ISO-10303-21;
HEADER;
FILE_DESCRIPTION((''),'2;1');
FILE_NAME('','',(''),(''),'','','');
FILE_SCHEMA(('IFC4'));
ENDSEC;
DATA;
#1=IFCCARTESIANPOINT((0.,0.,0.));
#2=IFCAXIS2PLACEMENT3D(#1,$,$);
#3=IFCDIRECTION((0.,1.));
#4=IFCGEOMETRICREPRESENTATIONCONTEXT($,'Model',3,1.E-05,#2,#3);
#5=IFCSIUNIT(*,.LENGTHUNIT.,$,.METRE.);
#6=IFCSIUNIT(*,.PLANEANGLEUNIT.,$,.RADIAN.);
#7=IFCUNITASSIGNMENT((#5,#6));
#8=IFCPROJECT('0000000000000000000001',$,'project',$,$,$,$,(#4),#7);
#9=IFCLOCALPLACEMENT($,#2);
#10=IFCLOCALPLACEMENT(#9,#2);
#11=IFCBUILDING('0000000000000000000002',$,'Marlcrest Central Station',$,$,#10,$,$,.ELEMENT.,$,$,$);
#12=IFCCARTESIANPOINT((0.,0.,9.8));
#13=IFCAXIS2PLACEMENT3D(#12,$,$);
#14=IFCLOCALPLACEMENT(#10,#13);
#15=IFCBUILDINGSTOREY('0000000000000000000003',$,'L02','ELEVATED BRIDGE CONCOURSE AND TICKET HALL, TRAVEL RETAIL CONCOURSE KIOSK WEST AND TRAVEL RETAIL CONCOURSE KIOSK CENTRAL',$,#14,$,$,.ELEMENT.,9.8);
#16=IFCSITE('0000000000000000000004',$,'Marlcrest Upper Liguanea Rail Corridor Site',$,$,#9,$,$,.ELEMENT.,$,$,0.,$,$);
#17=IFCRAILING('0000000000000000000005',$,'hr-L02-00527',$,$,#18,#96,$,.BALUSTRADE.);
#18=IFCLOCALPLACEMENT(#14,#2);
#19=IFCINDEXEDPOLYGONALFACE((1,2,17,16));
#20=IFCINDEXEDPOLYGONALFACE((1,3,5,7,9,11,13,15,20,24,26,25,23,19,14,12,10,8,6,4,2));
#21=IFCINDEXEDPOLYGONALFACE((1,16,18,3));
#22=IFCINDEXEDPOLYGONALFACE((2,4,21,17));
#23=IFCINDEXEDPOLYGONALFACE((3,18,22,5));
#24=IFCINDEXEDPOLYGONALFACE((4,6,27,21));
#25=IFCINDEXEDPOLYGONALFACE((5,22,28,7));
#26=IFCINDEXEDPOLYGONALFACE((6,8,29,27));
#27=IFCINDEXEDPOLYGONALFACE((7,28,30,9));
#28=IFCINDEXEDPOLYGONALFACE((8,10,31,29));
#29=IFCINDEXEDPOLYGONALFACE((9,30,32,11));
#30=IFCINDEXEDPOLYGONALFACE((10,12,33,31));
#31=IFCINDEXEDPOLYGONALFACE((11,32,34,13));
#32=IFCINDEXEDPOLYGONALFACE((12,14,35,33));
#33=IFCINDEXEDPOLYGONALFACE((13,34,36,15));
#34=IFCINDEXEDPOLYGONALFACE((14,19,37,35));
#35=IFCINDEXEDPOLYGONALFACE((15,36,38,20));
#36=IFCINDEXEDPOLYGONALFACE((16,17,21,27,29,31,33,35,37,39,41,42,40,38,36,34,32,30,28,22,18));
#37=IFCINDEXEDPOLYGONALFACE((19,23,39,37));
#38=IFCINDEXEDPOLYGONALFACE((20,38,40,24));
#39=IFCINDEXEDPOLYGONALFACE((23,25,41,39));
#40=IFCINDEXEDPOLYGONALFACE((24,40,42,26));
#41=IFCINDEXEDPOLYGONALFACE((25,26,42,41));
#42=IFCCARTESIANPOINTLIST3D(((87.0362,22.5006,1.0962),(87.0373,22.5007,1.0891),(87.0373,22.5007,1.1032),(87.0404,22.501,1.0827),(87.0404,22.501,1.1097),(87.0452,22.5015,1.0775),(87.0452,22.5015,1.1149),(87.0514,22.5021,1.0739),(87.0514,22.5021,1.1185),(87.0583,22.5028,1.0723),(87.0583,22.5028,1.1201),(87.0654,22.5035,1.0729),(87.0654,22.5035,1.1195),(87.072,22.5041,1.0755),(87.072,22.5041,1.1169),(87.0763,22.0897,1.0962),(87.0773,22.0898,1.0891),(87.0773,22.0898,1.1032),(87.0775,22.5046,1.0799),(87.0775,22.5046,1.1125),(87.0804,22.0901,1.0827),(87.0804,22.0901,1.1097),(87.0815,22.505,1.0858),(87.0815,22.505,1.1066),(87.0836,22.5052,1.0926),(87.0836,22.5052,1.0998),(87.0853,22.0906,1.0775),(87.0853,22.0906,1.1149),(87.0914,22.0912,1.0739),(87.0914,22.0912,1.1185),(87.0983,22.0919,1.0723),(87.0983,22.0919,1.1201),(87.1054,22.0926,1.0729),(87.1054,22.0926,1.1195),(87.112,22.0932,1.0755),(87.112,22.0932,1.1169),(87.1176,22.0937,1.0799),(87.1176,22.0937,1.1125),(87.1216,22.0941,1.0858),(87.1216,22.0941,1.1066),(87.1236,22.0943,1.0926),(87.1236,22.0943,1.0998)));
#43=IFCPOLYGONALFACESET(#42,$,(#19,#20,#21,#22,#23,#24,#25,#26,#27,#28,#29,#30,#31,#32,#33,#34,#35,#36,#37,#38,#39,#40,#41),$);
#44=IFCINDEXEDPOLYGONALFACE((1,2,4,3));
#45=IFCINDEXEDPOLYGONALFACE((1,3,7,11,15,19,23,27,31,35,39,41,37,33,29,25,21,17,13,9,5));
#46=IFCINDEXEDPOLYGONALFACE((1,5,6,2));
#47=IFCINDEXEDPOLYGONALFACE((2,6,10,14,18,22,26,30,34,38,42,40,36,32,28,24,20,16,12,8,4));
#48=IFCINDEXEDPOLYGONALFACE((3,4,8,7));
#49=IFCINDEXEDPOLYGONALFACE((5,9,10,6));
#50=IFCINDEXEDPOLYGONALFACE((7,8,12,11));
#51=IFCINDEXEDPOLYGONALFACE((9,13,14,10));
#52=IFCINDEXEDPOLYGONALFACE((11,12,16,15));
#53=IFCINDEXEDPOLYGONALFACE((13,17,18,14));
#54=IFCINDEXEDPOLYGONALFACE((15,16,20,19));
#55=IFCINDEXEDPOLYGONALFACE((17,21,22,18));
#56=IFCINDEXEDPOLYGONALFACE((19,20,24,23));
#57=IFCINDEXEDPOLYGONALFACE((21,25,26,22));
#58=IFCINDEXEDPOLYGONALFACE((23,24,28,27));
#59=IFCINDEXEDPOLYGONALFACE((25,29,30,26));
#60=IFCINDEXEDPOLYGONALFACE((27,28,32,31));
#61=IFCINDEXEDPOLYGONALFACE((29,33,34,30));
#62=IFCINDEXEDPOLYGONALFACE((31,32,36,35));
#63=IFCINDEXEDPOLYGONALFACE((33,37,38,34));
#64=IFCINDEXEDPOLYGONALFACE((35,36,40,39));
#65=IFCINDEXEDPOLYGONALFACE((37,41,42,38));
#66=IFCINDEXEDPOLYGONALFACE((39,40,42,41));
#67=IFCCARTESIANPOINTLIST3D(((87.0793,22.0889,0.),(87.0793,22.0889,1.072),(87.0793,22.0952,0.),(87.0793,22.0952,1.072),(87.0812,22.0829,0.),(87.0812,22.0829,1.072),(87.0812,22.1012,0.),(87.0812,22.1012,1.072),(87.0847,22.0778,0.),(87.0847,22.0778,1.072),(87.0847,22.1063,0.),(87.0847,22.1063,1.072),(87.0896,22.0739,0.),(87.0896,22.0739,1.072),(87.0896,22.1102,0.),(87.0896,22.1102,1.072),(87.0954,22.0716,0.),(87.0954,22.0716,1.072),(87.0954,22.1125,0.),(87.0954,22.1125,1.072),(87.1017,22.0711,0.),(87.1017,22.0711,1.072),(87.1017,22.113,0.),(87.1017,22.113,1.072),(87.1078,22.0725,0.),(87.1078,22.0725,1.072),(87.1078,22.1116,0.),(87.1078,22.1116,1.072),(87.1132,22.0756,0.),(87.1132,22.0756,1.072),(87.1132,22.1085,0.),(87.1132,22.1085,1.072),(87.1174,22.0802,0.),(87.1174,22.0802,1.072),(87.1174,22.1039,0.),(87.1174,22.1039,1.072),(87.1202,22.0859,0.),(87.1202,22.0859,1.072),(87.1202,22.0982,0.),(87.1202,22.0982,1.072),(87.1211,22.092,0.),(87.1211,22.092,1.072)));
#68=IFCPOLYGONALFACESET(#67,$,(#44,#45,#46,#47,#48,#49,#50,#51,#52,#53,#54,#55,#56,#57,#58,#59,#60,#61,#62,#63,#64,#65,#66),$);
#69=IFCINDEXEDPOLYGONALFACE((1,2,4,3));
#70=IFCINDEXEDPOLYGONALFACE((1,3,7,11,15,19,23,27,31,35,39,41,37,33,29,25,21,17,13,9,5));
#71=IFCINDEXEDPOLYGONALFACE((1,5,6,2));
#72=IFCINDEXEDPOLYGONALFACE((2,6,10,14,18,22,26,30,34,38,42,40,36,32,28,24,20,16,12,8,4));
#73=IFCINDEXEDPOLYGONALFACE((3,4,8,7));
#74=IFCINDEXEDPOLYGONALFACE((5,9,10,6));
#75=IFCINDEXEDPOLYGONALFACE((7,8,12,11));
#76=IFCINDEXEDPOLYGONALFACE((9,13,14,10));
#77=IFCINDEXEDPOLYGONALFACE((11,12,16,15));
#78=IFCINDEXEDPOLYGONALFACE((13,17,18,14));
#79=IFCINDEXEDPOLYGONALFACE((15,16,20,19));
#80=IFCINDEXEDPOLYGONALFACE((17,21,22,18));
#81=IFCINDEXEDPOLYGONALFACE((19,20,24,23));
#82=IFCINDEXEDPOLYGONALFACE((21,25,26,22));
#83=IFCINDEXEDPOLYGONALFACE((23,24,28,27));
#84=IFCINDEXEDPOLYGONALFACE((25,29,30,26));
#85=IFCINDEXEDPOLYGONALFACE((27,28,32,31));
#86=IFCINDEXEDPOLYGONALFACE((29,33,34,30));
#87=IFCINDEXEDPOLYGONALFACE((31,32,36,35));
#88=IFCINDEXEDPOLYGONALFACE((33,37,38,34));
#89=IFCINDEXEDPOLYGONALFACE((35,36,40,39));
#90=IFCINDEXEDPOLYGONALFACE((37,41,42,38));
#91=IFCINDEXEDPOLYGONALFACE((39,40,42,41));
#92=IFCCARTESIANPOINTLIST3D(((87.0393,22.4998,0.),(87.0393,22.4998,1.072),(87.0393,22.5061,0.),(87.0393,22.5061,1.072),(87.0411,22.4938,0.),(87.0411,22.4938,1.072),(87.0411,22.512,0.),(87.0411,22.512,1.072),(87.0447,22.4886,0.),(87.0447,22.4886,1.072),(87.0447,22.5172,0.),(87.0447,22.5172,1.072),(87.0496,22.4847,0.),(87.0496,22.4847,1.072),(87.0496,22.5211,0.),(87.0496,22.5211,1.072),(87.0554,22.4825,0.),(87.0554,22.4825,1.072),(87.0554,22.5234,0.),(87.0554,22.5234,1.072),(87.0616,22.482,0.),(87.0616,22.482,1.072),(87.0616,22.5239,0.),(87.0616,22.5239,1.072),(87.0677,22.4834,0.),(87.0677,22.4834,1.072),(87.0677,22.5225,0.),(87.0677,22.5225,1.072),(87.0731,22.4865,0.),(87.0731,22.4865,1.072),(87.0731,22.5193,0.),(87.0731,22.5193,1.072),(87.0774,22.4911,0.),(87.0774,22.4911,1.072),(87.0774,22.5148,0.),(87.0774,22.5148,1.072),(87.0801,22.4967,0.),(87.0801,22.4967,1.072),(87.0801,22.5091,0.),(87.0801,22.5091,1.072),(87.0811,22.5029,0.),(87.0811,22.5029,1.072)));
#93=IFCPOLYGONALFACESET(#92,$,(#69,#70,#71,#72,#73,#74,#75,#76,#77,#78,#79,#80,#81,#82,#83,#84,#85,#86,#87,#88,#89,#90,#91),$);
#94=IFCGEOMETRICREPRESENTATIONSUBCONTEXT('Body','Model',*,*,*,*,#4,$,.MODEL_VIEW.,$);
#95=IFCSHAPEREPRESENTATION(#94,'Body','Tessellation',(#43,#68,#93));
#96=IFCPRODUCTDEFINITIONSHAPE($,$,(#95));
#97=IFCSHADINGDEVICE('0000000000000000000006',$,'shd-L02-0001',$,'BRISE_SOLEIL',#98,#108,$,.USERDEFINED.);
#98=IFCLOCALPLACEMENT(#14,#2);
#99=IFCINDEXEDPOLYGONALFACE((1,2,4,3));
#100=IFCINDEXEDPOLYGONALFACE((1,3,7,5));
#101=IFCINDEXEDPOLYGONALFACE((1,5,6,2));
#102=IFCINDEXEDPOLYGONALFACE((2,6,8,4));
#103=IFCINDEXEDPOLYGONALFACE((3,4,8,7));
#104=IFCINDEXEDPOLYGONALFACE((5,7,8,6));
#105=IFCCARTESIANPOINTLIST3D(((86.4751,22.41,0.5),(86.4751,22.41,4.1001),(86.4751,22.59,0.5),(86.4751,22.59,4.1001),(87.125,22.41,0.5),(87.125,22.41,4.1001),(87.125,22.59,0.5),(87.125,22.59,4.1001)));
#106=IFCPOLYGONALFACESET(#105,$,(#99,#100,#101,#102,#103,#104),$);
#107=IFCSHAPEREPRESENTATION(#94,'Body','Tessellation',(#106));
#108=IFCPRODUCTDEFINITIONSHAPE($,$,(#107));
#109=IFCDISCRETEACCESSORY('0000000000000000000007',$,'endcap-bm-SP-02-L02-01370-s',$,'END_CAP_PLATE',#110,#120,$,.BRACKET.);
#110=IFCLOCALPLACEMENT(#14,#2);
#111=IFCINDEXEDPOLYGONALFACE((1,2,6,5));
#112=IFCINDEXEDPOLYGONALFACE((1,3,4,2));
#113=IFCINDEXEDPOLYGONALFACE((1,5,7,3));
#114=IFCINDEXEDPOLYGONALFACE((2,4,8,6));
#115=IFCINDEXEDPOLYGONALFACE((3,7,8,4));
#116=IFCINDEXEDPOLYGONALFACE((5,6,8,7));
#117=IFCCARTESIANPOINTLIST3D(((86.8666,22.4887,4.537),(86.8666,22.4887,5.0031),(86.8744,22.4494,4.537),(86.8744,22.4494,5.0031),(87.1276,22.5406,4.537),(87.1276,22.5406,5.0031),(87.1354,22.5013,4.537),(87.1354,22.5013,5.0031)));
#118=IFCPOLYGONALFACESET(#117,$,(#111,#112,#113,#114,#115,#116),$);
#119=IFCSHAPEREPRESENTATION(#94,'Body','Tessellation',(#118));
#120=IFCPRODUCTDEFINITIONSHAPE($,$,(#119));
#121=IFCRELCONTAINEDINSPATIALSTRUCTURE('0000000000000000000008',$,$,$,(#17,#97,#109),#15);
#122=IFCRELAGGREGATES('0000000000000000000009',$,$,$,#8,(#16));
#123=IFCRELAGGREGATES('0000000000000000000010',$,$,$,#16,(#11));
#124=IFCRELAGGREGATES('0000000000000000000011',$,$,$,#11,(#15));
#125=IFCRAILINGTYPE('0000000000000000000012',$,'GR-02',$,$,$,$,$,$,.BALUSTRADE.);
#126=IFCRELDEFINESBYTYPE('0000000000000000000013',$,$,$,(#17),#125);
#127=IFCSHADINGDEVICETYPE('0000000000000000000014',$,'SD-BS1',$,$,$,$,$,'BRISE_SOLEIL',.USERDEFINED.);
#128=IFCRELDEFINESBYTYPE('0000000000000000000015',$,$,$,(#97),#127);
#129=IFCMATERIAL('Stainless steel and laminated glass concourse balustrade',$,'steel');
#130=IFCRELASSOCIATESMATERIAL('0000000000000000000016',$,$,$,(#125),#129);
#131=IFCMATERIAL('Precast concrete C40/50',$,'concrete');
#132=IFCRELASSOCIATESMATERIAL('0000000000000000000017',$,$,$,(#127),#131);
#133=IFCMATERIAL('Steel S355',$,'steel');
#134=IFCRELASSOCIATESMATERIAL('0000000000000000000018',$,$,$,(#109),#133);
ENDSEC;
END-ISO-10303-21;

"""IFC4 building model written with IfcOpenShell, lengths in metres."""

from ifc_helpers import new_model, si_unit, direction, frame, origin, origin_2d, place, context, subcontext, project, spatial, rectangle, circle, extrude, material, type_object, element, save


model = new_model("IFC4")

# Units and contexts
model_context = context("Model", 3, precision=1e-05, world=origin(), true_north=direction((0.0, 1.0)))
body_context = subcontext(model_context, "Body", "Model", "MODEL_VIEW")
ifc_project = project(units=[si_unit("LENGTHUNIT", "METRE"), si_unit("PLANEANGLEUNIT", "RADIAN")], contexts=[model_context])

# Site, building, storey
site_placement = place(None, origin())
site = spatial("IfcSite", under=ifc_project, at=site_placement, Name="Marlcrest Upper Liguanea Rail Corridor Site", CompositionType="ELEMENT", RefElevation=0.0)
building_placement = place(site_placement, origin())
building = spatial("IfcBuilding", under=site, at=building_placement, Name="Marlcrest Central Station", CompositionType="ELEMENT")
storey_placement = place(building_placement, frame((0.0, 0.0, 9.8)))
storey = spatial("IfcBuildingStorey", under=building, at=storey_placement, Name="L02", Description="ELEVATED BRIDGE CONCOURSE AND TICKET HALL, TRAVEL RETAIL CONCOURSE KIOSK WEST AND TRAVEL RETAIL CONCOURSE KIOSK CENTRAL", CompositionType="ELEMENT", Elevation=9.8)

# Shared definitions
ifc_material_1 = material(Name="Steel S355", Category="steel")

# Railing
ifc_material_2 = material(Name="Stainless steel and laminated glass concourse balustrade", Category="steel")
railing_type = type_object("IfcRailingType", Name="GR-02", PredefinedType="BALUSTRADE", material=ifc_material_2)
railing_1_placement = place(storey_placement, frame((87.1001, 22.092, 0.0)))
element("IfcRailing", 1, at=railing_1_placement, inside=storey, type_object=railing_type, Name="hr-L02-00527", PredefinedType="BALUSTRADE", context=body_context, shape_type="SweptSolid", body=[
    extrude(circle(Radius=0.0239, at=origin_2d()), frame((0.0, 0.0, 1.0962), z_axis=(-0.096986, 0.995286, 0.0), x_axis=(-0.995286, -0.096986, 0.0)), (0.0, 0.0, 1.0), 0.4128),
    extrude(circle(Radius=0.021, at=origin_2d()), origin(), (0.0, 0.0, 1.0), 1.072),
    extrude(circle(Radius=0.021, at=origin_2d()), frame((-0.04, 0.4109, 0.0)), (0.0, 0.0, 1.0), 1.072),
])

# Shading device
ifc_material_3 = material(Name="Precast concrete C40/50", Category="concrete")
shading_device_type = type_object("IfcShadingDeviceType", Name="SD-BS1", ElementType="BRISE_SOLEIL", PredefinedType="USERDEFINED", material=ifc_material_3)
shading_device_placement = place(storey_placement, frame((86.8, 22.5, 0.5), z_axis=(0.0, 0.0, 1.0), x_axis=(0.0, 1.0, 0.0)))
element("IfcShadingDevice", 2, at=shading_device_placement, inside=storey, type_object=shading_device_type, Name="shd-L02-0001", ObjectType="BRISE_SOLEIL", PredefinedType="USERDEFINED", context=body_context, shape_type="SweptSolid", body=[
    extrude(rectangle(XDim=0.1799, YDim=0.6499, at=origin_2d()), origin(), (0.0, 0.0, 1.0), 3.6001),
])

# Discrete accessory
discrete_accessory_placement = place(storey_placement, frame((86.9971, 22.5146, 4.77), z_axis=(0.195171, -0.980769, 0.0), x_axis=(0.980769, 0.195171, 0.0)))
element("IfcDiscreteAccessory", 3, at=discrete_accessory_placement, inside=storey, material=ifc_material_1, Name="endcap-bm-SP-02-L02-01370-s", ObjectType="END_CAP_PLATE", PredefinedType="BRACKET", context=body_context, shape_type="SweptSolid", body=[
    extrude(rectangle(XDim=0.2661, YDim=0.4661, at=origin_2d()), origin(), (0.0, 0.0, 1.0), 0.04),
])

save(model, "model.ifc")
